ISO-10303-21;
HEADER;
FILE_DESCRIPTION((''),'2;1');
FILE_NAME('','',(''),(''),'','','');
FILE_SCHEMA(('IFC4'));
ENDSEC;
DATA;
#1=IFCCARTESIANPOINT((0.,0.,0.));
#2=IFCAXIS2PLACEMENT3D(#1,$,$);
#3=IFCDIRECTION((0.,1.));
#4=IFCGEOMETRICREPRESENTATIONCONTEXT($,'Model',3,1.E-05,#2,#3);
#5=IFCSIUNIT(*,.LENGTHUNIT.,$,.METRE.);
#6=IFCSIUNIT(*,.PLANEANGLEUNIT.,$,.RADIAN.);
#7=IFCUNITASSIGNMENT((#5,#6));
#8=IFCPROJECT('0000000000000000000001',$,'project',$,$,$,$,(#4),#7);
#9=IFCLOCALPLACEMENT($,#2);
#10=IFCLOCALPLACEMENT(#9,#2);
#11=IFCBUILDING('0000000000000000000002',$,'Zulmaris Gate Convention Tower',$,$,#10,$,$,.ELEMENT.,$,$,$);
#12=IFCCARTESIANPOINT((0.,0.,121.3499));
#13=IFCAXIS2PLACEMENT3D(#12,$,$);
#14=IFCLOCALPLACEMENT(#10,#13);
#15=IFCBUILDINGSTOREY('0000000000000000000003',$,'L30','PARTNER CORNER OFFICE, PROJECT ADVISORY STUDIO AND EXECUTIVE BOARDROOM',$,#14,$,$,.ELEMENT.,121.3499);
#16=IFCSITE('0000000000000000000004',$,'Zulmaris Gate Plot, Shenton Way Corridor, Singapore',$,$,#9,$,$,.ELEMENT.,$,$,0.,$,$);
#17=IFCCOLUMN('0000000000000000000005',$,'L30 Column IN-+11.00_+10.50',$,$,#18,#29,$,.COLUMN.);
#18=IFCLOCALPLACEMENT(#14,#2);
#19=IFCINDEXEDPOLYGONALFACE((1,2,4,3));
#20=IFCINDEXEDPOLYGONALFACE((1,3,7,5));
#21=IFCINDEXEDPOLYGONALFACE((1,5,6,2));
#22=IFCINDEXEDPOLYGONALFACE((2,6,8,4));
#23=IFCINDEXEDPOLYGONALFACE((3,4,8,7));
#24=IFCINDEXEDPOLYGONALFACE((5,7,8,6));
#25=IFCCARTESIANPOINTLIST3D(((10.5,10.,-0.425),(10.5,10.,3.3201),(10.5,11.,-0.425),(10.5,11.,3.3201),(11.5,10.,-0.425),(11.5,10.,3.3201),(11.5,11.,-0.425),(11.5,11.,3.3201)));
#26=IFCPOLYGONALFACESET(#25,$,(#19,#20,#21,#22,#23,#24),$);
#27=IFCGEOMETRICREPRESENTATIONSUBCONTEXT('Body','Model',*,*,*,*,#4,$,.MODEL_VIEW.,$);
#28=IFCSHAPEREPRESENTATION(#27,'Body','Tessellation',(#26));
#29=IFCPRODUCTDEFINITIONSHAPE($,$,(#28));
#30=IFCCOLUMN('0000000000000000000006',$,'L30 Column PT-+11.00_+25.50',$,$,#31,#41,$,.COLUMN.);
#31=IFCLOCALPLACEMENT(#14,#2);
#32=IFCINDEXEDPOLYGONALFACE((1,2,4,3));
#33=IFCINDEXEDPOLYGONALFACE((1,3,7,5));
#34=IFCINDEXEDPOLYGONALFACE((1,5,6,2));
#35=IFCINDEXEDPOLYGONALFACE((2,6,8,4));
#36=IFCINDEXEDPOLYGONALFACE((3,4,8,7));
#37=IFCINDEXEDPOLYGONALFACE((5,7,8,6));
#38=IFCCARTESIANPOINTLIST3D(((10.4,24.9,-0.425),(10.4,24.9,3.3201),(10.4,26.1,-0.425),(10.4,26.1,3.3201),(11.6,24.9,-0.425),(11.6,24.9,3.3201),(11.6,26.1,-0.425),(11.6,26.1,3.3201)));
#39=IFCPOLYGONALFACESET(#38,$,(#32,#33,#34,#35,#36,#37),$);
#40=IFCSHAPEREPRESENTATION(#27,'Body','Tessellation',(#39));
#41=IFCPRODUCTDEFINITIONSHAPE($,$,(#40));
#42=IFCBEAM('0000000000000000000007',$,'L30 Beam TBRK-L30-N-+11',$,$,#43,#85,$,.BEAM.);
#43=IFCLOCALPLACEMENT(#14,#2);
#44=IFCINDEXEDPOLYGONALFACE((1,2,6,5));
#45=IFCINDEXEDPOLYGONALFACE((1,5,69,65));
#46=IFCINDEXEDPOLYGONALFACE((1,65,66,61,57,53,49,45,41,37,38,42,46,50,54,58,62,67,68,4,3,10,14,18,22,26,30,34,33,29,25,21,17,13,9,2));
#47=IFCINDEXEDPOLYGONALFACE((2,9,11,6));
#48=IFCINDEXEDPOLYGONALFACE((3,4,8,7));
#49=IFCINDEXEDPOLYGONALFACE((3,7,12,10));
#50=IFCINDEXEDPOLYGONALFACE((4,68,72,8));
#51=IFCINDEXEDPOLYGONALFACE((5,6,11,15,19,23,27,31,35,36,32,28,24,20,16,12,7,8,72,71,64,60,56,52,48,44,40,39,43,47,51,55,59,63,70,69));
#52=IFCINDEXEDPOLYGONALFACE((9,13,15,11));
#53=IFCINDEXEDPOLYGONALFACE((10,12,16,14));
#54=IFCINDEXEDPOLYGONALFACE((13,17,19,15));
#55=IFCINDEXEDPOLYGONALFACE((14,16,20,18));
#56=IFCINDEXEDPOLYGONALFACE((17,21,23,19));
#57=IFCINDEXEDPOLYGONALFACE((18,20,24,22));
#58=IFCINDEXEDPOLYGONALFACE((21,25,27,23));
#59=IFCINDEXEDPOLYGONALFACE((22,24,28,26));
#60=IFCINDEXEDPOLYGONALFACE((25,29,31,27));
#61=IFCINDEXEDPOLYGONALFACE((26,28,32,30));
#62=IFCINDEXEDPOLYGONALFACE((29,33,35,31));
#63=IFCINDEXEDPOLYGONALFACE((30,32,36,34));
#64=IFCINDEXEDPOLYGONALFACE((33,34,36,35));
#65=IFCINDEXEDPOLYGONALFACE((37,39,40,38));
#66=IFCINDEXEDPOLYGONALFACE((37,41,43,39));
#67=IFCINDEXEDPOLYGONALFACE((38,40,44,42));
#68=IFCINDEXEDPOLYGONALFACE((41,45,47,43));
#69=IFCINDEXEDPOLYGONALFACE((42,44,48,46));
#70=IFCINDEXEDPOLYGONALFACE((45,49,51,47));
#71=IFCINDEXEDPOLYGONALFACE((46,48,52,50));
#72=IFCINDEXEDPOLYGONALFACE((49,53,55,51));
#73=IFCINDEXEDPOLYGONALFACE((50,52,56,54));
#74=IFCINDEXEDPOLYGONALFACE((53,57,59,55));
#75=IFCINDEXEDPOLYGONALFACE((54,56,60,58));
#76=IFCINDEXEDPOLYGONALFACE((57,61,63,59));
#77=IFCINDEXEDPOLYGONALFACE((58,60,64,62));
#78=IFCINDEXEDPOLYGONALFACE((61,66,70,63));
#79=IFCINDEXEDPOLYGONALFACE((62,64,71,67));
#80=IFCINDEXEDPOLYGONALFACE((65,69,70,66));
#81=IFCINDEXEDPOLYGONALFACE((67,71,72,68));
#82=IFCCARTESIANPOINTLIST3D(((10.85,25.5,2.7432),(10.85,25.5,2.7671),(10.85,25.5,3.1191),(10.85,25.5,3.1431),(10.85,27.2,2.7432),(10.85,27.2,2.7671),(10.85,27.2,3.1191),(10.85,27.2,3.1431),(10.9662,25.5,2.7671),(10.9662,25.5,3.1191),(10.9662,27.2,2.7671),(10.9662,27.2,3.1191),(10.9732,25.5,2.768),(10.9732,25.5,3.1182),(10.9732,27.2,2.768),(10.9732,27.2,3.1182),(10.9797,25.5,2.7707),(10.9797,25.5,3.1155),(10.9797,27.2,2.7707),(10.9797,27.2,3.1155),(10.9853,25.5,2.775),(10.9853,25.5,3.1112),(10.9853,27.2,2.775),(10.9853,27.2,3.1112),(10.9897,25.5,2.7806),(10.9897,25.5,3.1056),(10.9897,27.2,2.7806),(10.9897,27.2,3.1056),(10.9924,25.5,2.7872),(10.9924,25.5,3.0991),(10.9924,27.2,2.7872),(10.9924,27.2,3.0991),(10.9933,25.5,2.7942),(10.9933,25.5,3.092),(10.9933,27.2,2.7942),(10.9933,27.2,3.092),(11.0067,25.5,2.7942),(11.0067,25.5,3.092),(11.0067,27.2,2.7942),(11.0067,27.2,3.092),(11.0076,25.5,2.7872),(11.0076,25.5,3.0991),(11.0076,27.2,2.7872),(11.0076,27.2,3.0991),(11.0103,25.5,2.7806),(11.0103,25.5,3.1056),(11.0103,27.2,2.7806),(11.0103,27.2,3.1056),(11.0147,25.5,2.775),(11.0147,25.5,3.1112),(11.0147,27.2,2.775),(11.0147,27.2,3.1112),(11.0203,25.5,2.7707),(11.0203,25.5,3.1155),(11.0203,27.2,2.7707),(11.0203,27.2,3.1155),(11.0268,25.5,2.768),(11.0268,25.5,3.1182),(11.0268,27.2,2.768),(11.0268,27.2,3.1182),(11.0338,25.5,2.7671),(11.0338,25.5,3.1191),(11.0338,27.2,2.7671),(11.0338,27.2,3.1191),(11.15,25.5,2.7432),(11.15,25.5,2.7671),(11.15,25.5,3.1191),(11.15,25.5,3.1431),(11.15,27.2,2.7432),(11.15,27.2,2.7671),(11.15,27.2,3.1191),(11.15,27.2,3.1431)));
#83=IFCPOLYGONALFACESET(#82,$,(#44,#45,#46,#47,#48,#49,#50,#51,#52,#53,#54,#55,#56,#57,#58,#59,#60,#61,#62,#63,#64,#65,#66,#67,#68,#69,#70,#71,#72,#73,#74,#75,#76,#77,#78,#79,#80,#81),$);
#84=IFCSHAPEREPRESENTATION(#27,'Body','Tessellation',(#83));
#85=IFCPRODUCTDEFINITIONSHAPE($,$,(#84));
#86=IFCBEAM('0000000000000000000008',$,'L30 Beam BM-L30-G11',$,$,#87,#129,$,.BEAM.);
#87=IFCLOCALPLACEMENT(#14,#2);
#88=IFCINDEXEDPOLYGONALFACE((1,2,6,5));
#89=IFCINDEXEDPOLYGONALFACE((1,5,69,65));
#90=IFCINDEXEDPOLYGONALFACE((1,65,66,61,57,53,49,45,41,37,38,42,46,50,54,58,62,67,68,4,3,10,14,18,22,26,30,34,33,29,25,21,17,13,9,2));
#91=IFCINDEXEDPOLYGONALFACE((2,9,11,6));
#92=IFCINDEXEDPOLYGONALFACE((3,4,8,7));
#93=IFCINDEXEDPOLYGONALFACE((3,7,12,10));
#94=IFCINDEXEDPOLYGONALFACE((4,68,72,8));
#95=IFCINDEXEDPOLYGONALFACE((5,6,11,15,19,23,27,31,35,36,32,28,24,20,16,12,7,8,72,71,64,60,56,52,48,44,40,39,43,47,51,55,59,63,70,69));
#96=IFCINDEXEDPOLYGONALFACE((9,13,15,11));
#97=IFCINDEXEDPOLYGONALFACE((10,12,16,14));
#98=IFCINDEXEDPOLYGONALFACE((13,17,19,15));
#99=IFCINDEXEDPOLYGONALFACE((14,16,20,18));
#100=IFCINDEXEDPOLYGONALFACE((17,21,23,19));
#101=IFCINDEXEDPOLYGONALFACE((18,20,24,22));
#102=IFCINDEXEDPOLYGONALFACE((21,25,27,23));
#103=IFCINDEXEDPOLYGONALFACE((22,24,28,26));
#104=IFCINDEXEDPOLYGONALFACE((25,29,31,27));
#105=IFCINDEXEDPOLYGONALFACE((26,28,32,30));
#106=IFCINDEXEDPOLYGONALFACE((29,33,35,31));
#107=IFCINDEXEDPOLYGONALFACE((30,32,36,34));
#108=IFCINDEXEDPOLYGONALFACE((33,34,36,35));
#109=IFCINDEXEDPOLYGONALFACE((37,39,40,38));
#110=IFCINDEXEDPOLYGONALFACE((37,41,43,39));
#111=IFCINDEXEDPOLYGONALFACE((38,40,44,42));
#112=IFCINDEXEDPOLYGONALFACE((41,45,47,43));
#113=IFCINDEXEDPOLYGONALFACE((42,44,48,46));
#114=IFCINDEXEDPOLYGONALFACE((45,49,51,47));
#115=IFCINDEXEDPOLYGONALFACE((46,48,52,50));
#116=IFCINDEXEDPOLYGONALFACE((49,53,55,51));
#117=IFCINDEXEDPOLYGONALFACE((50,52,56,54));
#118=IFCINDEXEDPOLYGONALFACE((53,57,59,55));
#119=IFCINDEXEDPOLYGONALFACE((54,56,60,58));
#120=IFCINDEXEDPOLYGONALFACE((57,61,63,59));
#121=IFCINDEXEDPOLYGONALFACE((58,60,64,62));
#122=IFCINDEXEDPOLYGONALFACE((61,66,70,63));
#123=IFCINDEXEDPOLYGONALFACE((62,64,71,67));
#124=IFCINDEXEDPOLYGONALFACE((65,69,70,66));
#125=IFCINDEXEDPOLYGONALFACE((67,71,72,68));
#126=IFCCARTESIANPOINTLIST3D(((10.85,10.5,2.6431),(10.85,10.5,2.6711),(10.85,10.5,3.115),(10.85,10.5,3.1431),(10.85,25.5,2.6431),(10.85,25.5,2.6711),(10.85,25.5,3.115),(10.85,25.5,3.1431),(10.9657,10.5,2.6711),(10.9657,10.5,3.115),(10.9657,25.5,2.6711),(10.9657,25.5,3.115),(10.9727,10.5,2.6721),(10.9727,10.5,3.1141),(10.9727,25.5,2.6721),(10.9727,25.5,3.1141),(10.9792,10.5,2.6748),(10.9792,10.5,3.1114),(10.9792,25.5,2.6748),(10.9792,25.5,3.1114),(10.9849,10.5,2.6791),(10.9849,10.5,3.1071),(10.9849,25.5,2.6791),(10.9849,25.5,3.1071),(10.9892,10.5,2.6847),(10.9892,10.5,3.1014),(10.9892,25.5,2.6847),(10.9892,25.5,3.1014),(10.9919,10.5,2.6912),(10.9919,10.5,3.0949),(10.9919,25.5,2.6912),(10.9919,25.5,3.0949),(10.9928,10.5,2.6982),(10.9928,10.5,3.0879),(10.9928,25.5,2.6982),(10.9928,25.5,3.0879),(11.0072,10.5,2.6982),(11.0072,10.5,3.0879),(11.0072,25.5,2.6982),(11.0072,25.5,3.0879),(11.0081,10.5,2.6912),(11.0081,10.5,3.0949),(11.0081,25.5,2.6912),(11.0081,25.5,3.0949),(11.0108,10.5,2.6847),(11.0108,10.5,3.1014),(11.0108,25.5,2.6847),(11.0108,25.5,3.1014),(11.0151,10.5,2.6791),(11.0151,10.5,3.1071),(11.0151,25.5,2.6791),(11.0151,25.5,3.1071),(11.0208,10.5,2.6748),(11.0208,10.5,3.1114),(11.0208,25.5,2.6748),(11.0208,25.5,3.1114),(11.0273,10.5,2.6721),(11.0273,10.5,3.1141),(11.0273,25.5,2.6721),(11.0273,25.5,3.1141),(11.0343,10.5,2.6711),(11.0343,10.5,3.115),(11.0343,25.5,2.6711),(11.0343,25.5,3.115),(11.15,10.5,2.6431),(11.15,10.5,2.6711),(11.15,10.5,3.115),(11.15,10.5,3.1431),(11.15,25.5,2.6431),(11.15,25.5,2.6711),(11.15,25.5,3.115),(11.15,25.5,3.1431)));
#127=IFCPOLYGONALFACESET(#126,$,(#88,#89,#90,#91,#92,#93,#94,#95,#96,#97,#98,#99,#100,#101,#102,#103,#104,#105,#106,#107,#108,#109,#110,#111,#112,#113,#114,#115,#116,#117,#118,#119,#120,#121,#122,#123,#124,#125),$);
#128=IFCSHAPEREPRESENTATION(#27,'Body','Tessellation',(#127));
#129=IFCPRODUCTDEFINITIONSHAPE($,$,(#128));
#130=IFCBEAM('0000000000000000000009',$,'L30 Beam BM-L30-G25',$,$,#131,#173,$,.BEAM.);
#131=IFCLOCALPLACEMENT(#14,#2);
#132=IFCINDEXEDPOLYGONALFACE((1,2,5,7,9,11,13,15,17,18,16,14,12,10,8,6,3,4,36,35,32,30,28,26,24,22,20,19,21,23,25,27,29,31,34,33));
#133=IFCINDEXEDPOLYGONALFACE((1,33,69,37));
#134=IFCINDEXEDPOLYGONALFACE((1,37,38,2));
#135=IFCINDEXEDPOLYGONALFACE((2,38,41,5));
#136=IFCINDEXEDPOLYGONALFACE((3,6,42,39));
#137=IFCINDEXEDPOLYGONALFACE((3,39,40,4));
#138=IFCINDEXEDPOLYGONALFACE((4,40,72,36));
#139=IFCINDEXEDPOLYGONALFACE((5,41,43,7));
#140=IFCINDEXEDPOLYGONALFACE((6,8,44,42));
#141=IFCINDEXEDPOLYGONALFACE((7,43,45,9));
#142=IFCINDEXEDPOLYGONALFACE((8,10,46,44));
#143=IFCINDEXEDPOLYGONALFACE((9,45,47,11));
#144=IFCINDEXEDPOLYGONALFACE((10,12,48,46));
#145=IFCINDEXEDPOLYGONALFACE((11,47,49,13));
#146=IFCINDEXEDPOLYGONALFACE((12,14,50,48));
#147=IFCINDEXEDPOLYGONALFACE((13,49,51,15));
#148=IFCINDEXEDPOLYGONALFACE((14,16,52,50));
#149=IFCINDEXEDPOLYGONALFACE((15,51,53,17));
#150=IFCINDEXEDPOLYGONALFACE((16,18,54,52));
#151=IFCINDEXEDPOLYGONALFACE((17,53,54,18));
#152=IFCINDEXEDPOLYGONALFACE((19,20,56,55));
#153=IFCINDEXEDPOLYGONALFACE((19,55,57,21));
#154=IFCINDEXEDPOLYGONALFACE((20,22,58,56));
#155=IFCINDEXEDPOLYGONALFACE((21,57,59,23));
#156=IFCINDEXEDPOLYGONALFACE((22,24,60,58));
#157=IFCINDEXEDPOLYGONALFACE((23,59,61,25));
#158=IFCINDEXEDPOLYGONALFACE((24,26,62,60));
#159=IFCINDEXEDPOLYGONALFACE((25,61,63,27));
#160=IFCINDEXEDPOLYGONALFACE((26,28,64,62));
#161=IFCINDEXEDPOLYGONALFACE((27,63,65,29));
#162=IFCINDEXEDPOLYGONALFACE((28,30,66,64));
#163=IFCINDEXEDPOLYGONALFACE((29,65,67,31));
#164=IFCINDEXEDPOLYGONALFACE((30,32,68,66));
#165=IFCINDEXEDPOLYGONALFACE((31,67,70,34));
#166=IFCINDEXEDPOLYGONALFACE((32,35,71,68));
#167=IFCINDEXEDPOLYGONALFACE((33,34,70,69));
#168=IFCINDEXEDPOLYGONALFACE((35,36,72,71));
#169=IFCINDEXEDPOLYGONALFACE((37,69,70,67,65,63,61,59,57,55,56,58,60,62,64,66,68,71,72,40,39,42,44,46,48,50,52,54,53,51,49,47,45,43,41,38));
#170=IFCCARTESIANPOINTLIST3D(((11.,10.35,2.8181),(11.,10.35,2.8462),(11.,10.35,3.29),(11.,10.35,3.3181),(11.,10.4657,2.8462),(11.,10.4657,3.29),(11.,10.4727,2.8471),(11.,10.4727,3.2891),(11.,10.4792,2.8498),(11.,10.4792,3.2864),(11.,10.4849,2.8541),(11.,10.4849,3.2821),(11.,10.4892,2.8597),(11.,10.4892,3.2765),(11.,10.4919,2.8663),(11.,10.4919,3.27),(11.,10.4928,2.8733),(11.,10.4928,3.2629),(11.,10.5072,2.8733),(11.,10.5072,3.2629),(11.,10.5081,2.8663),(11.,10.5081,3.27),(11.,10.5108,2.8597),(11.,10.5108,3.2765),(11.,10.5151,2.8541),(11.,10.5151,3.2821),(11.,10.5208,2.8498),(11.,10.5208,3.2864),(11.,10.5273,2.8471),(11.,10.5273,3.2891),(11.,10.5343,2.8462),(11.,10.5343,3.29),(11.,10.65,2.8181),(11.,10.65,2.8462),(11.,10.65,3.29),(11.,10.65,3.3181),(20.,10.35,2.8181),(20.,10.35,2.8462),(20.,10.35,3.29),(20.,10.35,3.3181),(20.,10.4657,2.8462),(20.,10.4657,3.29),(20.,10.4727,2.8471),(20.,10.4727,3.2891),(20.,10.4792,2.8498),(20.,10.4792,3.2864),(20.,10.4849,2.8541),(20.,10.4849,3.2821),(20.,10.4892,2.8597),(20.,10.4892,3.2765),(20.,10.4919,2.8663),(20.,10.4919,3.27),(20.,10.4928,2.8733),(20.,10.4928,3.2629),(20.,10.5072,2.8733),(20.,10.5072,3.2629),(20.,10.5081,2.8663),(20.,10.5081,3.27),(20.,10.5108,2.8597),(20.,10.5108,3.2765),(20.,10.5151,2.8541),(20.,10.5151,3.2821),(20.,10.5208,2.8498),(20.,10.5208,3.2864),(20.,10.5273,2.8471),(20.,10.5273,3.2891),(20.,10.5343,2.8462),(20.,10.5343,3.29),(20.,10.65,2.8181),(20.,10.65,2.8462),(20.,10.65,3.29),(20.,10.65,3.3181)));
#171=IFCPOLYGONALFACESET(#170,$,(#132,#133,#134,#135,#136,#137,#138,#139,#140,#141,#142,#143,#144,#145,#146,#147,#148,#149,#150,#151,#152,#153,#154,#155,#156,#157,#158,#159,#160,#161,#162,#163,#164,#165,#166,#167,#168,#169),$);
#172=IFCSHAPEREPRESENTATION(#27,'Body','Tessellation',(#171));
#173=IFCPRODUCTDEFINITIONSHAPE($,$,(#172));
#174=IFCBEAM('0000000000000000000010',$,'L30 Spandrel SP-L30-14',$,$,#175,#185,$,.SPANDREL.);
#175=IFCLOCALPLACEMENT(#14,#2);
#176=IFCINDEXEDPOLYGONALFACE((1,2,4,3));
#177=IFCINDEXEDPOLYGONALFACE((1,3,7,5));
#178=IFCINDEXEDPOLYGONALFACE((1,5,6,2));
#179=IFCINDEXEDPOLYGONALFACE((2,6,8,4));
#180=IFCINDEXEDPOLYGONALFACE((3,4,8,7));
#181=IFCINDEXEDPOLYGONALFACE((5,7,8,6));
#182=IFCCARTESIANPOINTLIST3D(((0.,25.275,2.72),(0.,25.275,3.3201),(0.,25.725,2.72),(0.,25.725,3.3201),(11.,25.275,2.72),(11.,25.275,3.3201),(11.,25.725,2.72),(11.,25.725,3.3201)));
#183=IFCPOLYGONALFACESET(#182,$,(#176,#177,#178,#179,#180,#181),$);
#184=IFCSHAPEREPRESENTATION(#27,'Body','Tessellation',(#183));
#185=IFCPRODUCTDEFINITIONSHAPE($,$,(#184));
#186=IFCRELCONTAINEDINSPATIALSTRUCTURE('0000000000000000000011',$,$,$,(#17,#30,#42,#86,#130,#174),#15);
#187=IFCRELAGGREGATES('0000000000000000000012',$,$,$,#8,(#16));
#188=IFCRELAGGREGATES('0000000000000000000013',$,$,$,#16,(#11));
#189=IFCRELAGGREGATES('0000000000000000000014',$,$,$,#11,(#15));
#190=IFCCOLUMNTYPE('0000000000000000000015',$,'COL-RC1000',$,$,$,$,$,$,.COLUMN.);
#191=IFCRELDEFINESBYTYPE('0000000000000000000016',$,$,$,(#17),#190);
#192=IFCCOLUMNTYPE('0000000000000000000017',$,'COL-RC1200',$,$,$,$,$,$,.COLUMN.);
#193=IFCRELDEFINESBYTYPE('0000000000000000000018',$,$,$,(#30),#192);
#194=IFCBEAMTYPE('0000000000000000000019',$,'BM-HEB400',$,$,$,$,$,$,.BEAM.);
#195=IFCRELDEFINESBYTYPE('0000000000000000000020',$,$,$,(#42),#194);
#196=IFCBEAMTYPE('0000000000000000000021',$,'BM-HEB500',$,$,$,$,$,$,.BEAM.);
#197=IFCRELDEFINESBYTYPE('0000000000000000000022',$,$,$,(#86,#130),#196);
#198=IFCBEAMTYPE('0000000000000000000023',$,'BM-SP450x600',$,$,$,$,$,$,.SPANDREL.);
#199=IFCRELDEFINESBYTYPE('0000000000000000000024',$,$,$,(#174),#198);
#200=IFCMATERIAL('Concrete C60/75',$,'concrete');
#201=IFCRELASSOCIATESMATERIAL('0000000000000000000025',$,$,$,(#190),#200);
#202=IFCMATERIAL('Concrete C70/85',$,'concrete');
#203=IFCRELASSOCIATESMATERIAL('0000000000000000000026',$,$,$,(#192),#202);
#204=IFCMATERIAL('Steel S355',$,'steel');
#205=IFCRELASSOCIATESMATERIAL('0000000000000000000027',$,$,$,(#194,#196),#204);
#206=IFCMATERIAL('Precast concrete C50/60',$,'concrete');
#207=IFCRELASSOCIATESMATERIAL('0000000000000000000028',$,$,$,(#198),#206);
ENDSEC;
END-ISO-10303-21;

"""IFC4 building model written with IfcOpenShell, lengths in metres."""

from ifc_helpers import new_model, si_unit, direction, frame, origin, origin_2d, place, context, subcontext, project, spatial, rectangle, i_section, extrude, material, material_profile, profile_set, type_object, element, save


model = new_model("IFC4")

# Units and contexts
model_context = context("Model", 3, precision=1e-05, world=origin(), true_north=direction((0.0, 1.0)))
body_context = subcontext(model_context, "Body", "Model", "MODEL_VIEW")
ifc_project = project(units=[si_unit("LENGTHUNIT", "METRE"), si_unit("PLANEANGLEUNIT", "RADIAN")], contexts=[model_context])

# Site, building, storey
site_placement = place(None, origin())
site = spatial("IfcSite", under=ifc_project, at=site_placement, Name="Zulmaris Gate Plot, Shenton Way Corridor, Singapore", CompositionType="ELEMENT", RefElevation=0.0)
building_placement = place(site_placement, origin())
building = spatial("IfcBuilding", under=site, at=building_placement, Name="Zulmaris Gate Convention Tower", CompositionType="ELEMENT")
storey_placement = place(building_placement, frame((0.0, 0.0, 121.3499)))
storey = spatial("IfcBuildingStorey", under=building, at=storey_placement, Name="L30", Description="PARTNER CORNER OFFICE, PROJECT ADVISORY STUDIO AND EXECUTIVE BOARDROOM", CompositionType="ELEMENT", Elevation=121.3499)

# Columns
ifc_material_1 = material(Name="Concrete C60/75", Category="concrete")
ifc_material_profile_1 = material_profile(ifc_material_1, rectangle(XDim=1.0, YDim=1.0, at=origin_2d()), Name="RC COL 1000x1000")
ifc_profile_set_1 = profile_set([ifc_material_profile_1], Name="Concrete C60/75")
column_type_1 = type_object("IfcColumnType", Name="COL-RC1000", PredefinedType="COLUMN", material=ifc_profile_set_1)
column_1_placement = place(storey_placement, frame((11.0, 10.5, -0.425), z_axis=(0.0, 0.0, 1.0), x_axis=(1.0, 0.0, 0.0)))
element("IfcColumn", 1, at=column_1_placement, inside=storey, type_object=column_type_1, Name="L30 Column IN-+11.00_+10.50", PredefinedType="COLUMN", context=body_context, shape_type="SweptSolid", body=[
    extrude(rectangle(XDim=1.0, YDim=1.0, at=origin_2d()), origin(), (0.0, 0.0, 1.0), 3.7451),
])
ifc_material_2 = material(Name="Concrete C70/85", Category="concrete")
ifc_material_profile_2 = material_profile(ifc_material_2, rectangle(XDim=1.2, YDim=1.2, at=origin_2d()), Name="RC COL 1200x1200")
ifc_profile_set_2 = profile_set([ifc_material_profile_2], Name="Concrete C70/85")
column_type_2 = type_object("IfcColumnType", Name="COL-RC1200", PredefinedType="COLUMN", material=ifc_profile_set_2)
column_2_placement = place(storey_placement, frame((11.0, 25.5, -0.425), z_axis=(0.0, 0.0, 1.0), x_axis=(1.0, 0.0, 0.0)))
element("IfcColumn", 2, at=column_2_placement, inside=storey, type_object=column_type_2, Name="L30 Column PT-+11.00_+25.50", PredefinedType="COLUMN", context=body_context, shape_type="SweptSolid", body=[
    extrude(rectangle(XDim=1.2, YDim=1.2, at=origin_2d()), origin(), (0.0, 0.0, 1.0), 3.7451),
])

# Beams
ifc_material_3 = material(Name="Steel S355", Category="steel")
ifc_material_profile_3 = material_profile(ifc_material_3, i_section(OverallWidth=0.3, OverallDepth=0.3999, WebThickness=0.0134, FlangeThickness=0.0239, FilletRadius=0.0271, at=origin_2d()), Name="HEB 400")
ifc_profile_set_3 = profile_set([ifc_material_profile_3], Name="Steel S355")
beam_type_1 = type_object("IfcBeamType", Name="BM-HEB400", PredefinedType="BEAM", material=ifc_profile_set_3)
beam_1_placement = place(storey_placement, frame((11.0, 25.5, 2.9431), z_axis=(0.0, 1.0, 0.0), x_axis=(-1.0, 0.0, 0.0)))
element("IfcBeam", 3, at=beam_1_placement, inside=storey, type_object=beam_type_1, Name="L30 Beam TBRK-L30-N-+11", PredefinedType="BEAM", context=body_context, shape_type="SweptSolid", body=[
    extrude(i_section(OverallWidth=0.3, OverallDepth=0.3999, WebThickness=0.0134, FlangeThickness=0.0239, FilletRadius=0.0271, at=origin_2d()), origin(), (0.0, 0.0, 1.0), 1.7),
])
ifc_material_profile_4 = material_profile(ifc_material_3, i_section(OverallWidth=0.3, OverallDepth=0.5, WebThickness=0.0144, FlangeThickness=0.0281, FilletRadius=0.0271, at=origin_2d()), Name="HEB 500")
ifc_profile_set_4 = profile_set([ifc_material_profile_4], Name="Steel S355")
beam_type_2 = type_object("IfcBeamType", Name="BM-HEB500", PredefinedType="BEAM", material=ifc_profile_set_4)
beam_2_placement = place(storey_placement, frame((11.0, 10.5, 2.8931), z_axis=(0.0, 1.0, 0.0), x_axis=(-1.0, 0.0, 0.0)))
element("IfcBeam", 4, at=beam_2_placement, inside=storey, type_object=beam_type_2, Name="L30 Beam BM-L30-G11", PredefinedType="BEAM", context=body_context, shape_type="SweptSolid", body=[
    extrude(i_section(OverallWidth=0.3, OverallDepth=0.5, WebThickness=0.0144, FlangeThickness=0.0281, FilletRadius=0.0271, at=origin_2d()), origin(), (0.0, 0.0, 1.0), 15.0),
])
beam_3_placement = place(storey_placement, frame((11.0, 10.5, 3.0681), z_axis=(1.0, 0.0, 0.0), x_axis=(0.0, 1.0, 0.0)))
element("IfcBeam", 5, at=beam_3_placement, inside=storey, type_object=beam_type_2, Name="L30 Beam BM-L30-G25", PredefinedType="BEAM", context=body_context, shape_type="SweptSolid", body=[
    extrude(i_section(OverallWidth=0.3, OverallDepth=0.5, WebThickness=0.0144, FlangeThickness=0.0281, FilletRadius=0.0271, at=origin_2d()), origin(), (0.0, 0.0, 1.0), 9.0),
])
ifc_material_4 = material(Name="Precast concrete C50/60", Category="concrete")
ifc_material_profile_5 = material_profile(ifc_material_4, rectangle(XDim=0.45, YDim=0.6001, at=origin_2d()), Name="RC SPANDREL 450x600")
ifc_profile_set_5 = profile_set([ifc_material_profile_5], Name="Precast concrete C50/60")
beam_type_3 = type_object("IfcBeamType", Name="BM-SP450x600", PredefinedType="SPANDREL", material=ifc_profile_set_5)
beam_4_placement = place(storey_placement, frame((11.0, 25.5, 3.02), z_axis=(-1.0, 0.0, 0.0), x_axis=(0.0, -1.0, 0.0)))
element("IfcBeam", 6, at=beam_4_placement, inside=storey, type_object=beam_type_3, Name="L30 Spandrel SP-L30-14", PredefinedType="SPANDREL", context=body_context, shape_type="SweptSolid", body=[
    extrude(rectangle(XDim=0.45, YDim=0.6001, at=origin_2d()), origin(), (0.0, 0.0, 1.0), 11.0),
])

save(model, "model.ifc")
